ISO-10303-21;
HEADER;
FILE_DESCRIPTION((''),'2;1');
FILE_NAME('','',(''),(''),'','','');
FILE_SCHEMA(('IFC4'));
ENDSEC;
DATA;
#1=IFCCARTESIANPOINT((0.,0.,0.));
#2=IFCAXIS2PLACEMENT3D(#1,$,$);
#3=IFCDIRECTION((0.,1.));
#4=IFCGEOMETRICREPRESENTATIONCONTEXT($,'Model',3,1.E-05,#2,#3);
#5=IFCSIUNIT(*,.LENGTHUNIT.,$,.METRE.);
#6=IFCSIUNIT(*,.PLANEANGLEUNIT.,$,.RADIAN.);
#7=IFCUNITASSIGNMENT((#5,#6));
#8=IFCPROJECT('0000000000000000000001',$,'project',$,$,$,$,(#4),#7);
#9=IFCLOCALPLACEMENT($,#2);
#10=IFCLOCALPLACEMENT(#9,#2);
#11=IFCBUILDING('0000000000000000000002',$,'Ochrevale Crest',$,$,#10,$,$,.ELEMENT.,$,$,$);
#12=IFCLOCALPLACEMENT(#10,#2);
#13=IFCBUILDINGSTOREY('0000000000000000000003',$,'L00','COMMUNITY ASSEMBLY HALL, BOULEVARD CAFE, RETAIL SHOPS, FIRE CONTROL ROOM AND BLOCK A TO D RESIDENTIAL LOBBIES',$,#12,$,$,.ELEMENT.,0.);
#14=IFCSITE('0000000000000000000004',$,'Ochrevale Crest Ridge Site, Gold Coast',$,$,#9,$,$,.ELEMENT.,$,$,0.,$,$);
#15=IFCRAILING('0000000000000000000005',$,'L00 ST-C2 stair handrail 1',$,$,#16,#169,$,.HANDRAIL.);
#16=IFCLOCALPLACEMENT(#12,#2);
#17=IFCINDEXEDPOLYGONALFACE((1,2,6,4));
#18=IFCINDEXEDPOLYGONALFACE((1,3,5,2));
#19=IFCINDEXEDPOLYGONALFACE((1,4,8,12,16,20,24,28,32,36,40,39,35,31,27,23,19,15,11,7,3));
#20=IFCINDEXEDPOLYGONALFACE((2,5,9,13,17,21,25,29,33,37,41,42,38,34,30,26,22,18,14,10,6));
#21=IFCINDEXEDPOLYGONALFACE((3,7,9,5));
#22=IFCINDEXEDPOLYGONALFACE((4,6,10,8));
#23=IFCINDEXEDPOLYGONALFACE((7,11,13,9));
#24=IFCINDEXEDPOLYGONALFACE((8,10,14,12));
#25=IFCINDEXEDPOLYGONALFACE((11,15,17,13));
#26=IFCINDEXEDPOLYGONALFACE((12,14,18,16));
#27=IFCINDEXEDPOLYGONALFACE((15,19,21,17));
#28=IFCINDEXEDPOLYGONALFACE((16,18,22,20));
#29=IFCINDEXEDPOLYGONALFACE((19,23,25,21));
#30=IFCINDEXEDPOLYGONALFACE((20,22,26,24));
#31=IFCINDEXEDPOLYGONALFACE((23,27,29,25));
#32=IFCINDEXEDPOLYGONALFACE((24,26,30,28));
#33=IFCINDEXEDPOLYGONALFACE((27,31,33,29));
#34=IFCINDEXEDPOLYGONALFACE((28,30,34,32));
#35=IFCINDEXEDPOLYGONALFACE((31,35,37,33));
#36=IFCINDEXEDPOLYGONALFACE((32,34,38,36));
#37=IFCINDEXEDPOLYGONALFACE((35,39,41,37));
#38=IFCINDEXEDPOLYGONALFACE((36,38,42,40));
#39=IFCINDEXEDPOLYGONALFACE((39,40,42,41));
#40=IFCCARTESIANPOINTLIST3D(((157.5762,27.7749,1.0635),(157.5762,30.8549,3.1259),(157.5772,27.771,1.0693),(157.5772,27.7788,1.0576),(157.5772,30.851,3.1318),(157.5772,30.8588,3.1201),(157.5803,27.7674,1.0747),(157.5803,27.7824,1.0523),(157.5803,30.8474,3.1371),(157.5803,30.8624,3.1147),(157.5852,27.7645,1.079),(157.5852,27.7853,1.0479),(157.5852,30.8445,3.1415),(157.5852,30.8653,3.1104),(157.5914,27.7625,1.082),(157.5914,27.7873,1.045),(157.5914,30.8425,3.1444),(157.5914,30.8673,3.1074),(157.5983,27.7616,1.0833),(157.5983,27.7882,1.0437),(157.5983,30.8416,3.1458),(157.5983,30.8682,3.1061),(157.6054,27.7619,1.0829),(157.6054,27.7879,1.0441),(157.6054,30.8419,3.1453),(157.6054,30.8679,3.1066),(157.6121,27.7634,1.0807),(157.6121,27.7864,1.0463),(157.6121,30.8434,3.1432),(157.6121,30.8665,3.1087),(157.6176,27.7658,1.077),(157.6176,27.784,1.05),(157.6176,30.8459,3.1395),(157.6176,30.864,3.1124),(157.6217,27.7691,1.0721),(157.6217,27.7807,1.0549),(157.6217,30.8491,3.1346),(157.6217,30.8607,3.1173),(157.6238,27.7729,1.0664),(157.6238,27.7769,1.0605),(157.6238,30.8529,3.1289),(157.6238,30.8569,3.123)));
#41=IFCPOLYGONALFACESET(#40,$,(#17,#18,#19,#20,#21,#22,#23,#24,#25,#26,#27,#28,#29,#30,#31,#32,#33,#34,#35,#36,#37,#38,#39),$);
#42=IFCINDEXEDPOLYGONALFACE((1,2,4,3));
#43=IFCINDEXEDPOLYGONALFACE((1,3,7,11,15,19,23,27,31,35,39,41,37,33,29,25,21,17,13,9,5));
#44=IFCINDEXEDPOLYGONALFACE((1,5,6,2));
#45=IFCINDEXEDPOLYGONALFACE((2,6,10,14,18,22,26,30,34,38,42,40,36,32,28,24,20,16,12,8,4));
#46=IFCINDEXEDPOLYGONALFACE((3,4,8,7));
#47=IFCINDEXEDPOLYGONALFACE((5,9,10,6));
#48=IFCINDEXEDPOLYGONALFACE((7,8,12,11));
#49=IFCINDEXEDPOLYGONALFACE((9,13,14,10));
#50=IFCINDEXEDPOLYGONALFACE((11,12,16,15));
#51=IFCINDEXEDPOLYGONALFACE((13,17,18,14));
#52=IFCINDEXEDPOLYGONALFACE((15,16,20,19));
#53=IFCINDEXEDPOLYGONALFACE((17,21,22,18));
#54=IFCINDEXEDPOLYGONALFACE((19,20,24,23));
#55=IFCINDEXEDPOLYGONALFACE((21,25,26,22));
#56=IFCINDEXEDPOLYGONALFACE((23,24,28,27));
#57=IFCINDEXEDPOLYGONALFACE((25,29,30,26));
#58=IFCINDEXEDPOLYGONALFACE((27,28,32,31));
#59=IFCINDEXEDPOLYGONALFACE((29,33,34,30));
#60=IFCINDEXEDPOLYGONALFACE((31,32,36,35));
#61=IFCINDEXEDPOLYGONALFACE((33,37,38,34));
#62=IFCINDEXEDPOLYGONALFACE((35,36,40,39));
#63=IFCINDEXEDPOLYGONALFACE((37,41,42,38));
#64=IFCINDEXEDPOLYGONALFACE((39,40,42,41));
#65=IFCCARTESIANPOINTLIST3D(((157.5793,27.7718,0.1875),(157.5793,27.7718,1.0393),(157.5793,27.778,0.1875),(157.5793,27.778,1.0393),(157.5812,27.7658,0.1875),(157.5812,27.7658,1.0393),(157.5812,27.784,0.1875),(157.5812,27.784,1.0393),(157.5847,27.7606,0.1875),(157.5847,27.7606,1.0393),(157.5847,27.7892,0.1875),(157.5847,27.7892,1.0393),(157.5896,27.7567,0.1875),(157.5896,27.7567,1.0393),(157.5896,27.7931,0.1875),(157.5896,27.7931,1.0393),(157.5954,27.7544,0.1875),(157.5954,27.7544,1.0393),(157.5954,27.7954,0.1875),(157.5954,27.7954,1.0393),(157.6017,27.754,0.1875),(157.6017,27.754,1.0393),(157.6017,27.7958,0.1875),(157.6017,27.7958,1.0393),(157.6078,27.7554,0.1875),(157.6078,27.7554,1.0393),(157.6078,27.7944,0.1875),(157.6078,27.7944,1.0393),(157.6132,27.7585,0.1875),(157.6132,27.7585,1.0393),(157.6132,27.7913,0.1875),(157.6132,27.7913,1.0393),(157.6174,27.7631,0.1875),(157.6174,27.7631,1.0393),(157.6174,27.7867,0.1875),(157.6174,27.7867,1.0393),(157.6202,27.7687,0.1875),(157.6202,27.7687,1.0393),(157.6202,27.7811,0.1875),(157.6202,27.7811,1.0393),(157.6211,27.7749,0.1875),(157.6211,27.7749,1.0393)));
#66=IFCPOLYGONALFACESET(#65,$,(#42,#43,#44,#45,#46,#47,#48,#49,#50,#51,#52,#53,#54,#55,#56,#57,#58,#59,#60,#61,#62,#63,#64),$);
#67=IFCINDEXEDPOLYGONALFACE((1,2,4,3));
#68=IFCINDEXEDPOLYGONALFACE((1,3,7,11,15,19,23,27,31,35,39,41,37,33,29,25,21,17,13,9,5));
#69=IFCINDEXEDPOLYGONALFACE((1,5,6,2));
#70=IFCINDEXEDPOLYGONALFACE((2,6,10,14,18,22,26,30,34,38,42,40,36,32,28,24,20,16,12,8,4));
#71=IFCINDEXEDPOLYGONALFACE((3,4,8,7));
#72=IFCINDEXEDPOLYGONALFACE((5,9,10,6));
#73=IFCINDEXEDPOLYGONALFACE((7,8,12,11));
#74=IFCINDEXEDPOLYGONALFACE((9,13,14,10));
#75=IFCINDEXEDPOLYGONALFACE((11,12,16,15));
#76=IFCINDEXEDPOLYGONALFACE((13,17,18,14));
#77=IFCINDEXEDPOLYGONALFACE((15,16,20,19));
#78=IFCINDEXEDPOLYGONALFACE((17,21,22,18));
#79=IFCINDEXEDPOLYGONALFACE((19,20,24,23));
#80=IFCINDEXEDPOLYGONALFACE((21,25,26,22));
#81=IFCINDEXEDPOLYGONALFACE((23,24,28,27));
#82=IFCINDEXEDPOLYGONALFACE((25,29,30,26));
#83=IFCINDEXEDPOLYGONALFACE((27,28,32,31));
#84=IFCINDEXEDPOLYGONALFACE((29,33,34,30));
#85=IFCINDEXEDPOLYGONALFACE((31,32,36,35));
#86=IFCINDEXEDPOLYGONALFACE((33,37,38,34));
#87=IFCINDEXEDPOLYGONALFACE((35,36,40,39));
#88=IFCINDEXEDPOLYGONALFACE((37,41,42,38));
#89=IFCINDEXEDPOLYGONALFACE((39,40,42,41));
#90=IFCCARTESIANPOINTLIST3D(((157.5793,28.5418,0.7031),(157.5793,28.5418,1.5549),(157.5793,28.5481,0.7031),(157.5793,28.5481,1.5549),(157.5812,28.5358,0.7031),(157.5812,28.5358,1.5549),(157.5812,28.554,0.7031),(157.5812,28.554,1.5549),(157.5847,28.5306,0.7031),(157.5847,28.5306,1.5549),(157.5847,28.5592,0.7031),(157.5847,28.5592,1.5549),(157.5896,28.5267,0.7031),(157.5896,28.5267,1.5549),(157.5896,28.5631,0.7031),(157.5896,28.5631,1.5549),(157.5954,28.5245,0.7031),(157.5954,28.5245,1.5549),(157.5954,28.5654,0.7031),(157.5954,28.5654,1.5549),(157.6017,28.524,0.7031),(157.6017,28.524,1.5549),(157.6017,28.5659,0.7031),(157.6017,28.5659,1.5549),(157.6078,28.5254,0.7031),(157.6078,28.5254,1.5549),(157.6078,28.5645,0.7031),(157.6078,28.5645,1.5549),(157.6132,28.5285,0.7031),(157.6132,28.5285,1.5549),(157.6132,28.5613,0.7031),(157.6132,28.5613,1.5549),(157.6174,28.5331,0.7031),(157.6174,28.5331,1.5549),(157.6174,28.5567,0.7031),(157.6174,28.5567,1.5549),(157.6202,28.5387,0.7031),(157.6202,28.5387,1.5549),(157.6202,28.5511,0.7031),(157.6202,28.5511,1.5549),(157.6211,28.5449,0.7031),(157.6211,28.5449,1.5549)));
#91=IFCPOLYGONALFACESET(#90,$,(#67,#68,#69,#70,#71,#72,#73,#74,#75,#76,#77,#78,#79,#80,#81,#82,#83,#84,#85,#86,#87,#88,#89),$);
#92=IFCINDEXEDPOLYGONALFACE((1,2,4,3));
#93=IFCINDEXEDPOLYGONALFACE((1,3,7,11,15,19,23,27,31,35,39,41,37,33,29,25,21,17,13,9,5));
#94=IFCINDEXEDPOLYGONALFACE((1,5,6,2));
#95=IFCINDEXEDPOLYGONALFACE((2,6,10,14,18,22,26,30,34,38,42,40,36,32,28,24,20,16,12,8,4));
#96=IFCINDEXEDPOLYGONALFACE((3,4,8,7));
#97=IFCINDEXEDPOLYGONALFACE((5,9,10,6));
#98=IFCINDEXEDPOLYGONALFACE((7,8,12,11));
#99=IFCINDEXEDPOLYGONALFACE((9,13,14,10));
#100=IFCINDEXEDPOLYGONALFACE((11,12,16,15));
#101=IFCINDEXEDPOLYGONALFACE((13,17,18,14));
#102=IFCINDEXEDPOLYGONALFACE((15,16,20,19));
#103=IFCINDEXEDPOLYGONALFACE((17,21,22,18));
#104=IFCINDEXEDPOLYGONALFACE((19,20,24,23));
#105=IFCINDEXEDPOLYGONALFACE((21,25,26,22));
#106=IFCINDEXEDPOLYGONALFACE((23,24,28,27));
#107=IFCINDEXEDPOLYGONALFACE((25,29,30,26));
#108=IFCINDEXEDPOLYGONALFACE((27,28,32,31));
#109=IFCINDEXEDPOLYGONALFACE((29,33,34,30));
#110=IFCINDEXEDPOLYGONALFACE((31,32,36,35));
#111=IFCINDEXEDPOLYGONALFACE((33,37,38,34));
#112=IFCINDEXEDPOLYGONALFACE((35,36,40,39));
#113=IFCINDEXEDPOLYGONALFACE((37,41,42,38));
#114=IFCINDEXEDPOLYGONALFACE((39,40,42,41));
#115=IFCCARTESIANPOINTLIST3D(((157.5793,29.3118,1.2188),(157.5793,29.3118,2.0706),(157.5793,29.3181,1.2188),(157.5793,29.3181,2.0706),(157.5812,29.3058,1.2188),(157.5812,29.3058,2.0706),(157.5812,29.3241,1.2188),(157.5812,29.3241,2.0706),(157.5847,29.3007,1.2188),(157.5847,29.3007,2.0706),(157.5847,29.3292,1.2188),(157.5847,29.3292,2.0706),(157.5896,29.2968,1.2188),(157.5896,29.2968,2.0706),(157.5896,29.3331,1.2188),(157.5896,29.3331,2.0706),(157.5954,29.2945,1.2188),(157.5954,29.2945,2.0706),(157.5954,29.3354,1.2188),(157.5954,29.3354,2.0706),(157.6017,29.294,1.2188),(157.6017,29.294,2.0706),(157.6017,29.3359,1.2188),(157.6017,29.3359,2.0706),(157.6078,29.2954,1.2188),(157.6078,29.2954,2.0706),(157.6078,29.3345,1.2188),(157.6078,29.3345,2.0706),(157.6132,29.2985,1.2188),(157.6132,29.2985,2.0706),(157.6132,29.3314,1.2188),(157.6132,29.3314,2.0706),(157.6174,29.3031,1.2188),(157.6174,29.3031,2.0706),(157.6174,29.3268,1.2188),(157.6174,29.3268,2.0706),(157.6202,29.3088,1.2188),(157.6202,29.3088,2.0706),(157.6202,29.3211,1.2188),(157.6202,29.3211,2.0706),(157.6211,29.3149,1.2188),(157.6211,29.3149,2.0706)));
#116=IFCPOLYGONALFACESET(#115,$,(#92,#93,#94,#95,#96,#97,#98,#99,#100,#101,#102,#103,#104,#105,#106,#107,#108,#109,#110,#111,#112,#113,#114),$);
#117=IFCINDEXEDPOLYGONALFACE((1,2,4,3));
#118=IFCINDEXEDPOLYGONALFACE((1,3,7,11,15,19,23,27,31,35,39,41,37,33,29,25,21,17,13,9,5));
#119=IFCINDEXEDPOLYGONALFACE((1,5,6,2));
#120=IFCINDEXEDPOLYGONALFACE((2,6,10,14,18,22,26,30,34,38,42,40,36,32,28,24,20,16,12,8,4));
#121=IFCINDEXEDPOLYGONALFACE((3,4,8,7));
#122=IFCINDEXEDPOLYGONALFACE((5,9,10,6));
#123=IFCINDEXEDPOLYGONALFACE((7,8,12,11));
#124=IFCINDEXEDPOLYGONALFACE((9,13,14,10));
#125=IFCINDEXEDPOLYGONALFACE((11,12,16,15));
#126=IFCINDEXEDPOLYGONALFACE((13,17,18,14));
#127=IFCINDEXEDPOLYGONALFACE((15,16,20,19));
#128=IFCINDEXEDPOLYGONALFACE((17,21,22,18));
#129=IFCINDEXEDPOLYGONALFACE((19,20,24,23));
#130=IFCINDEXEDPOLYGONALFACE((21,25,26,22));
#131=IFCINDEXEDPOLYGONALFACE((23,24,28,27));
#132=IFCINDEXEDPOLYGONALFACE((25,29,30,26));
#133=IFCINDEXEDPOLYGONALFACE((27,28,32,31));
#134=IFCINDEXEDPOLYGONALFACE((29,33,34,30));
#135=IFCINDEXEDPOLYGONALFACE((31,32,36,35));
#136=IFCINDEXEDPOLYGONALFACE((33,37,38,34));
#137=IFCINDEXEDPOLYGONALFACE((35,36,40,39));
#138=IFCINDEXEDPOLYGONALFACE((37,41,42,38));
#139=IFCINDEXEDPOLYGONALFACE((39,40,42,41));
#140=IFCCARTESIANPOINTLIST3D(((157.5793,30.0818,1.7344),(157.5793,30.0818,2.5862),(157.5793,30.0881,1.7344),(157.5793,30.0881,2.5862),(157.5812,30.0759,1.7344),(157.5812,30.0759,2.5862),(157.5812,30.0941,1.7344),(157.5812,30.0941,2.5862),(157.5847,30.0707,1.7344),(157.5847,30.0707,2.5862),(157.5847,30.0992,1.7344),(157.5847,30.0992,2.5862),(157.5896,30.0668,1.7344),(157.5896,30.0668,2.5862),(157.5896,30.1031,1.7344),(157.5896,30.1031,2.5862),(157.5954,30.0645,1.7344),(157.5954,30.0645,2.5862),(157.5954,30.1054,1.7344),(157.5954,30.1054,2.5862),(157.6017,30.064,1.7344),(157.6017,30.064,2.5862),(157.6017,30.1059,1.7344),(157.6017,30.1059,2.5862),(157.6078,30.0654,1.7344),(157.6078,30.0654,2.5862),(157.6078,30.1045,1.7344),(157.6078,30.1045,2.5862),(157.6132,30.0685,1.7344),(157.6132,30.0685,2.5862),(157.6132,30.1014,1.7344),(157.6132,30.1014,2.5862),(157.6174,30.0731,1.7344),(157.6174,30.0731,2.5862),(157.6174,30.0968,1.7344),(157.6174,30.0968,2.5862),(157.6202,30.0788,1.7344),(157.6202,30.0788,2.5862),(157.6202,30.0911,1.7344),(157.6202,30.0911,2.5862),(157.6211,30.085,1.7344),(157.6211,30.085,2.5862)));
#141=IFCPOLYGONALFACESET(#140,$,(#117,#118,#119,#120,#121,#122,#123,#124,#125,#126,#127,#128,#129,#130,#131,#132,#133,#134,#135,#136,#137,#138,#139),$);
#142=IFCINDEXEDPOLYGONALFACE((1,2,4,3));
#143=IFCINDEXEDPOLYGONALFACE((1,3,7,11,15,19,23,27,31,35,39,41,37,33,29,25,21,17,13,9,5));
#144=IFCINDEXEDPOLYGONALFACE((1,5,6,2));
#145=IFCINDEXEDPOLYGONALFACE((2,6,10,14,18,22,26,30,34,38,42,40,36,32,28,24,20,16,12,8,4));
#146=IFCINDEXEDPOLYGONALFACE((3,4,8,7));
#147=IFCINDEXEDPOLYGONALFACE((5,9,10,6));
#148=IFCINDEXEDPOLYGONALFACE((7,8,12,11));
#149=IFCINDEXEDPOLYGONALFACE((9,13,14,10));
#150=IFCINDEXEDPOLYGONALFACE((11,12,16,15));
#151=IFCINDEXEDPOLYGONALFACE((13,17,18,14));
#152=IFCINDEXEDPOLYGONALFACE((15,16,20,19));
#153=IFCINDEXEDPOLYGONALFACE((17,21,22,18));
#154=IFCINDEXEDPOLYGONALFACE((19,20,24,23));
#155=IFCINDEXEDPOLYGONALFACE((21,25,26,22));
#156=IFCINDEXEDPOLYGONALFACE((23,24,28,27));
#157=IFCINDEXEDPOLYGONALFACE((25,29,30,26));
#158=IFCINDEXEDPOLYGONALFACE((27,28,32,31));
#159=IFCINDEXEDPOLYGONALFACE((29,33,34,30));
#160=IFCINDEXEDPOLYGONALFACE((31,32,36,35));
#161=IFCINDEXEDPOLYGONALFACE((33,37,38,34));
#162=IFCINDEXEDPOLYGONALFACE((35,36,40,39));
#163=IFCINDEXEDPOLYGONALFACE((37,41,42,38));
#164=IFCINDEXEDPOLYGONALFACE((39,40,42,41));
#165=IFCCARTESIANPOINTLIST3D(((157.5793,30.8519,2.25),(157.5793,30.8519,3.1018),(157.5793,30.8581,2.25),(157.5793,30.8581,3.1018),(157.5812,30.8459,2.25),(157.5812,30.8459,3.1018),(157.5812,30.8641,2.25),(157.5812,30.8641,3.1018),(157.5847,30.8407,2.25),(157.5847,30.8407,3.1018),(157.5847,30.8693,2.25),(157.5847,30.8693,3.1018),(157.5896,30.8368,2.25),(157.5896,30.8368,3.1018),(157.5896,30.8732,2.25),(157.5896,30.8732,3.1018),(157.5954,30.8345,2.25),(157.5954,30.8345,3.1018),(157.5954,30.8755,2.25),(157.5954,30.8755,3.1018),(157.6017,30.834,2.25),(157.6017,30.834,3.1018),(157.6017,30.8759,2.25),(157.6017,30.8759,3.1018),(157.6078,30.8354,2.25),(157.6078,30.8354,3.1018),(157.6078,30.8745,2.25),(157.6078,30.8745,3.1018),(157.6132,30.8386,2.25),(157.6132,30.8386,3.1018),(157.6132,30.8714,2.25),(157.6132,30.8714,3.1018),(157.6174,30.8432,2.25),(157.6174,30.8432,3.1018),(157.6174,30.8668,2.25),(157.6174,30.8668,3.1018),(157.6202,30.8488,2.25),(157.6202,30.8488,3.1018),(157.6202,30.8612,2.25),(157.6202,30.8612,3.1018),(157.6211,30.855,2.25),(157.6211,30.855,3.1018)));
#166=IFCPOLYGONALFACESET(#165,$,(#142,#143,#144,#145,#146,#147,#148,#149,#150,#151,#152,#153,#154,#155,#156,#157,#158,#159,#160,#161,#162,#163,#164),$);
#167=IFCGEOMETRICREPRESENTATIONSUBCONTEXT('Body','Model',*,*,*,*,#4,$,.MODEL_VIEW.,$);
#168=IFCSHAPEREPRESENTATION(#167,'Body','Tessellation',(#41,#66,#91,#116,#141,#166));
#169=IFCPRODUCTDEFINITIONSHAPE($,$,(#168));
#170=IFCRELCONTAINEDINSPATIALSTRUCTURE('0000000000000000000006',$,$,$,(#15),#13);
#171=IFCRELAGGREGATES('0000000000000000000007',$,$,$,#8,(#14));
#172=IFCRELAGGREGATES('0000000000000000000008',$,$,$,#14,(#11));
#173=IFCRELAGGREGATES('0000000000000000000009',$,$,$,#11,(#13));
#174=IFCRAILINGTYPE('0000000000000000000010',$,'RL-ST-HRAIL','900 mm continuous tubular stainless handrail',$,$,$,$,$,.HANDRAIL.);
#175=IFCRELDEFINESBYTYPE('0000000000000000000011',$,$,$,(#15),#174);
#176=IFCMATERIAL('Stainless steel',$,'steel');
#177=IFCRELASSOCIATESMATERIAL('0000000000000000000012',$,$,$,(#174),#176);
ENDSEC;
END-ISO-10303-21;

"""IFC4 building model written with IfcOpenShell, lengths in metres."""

from ifc_helpers import new_model, si_unit, direction, frame, origin, origin_2d, place, context, subcontext, project, spatial, circle, extrude, material, type_object, element, save


model = new_model("IFC4")

# Units and contexts
model_context = context("Model", 3, precision=1e-05, world=origin(), true_north=direction((0.0, 1.0)))
body_context = subcontext(model_context, "Body", "Model", "MODEL_VIEW")
ifc_project = project(units=[si_unit("LENGTHUNIT", "METRE"), si_unit("PLANEANGLEUNIT", "RADIAN")], contexts=[model_context])

# Site, building, storey
site_placement = place(None, origin())
site = spatial("IfcSite", under=ifc_project, at=site_placement, Name="Ochrevale Crest Ridge Site, Gold Coast", CompositionType="ELEMENT", RefElevation=0.0)
building_placement = place(site_placement, origin())
building = spatial("IfcBuilding", under=site, at=building_placement, Name="Ochrevale Crest", CompositionType="ELEMENT")
storey_placement = place(building_placement, origin())
storey = spatial("IfcBuildingStorey", under=building, at=storey_placement, Name="L00", Description="COMMUNITY ASSEMBLY HALL, BOULEVARD CAFE, RETAIL SHOPS, FIRE CONTROL ROOM AND BLOCK A TO D RESIDENTIAL LOBBIES", CompositionType="ELEMENT", Elevation=0.0)

# Railing
ifc_material_1 = material(Name="Stainless steel", Category="steel")
railing_type_1 = type_object("IfcRailingType", Name="RL-ST-HRAIL", Description="900 mm continuous tubular stainless handrail", PredefinedType="HANDRAIL", material=ifc_material_1)
railing_1_placement = place(storey_placement, frame((157.6001, 27.7749, 0.1875)))
element("IfcRailing", 1, at=railing_1_placement, inside=storey, type_object=railing_type_1, Name="L00 ST-C2 stair handrail 1", PredefinedType="HANDRAIL", context=body_context, shape_type="SweptSolid", body=[
    extrude(circle(Radius=0.0239, at=origin_2d()), frame((0.0, 0.0, 0.876), z_axis=(0.0, 0.830914, 0.556401), x_axis=(-1.0, 0.0, 0.0)), (0.0, 0.0, 1.0), 3.7068),
    extrude(circle(Radius=0.021, at=origin_2d()), origin(), (0.0, 0.0, 1.0), 0.8518),
    extrude(circle(Radius=0.021, at=origin_2d()), frame((0.0, 0.77, 0.5156)), (0.0, 0.0, 1.0), 0.8518),
    extrude(circle(Radius=0.021, at=origin_2d()), frame((0.0, 1.54, 1.0312)), (0.0, 0.0, 1.0), 0.8518),
    extrude(circle(Radius=0.021, at=origin_2d()), frame((0.0, 2.3101, 1.5469)), (0.0, 0.0, 1.0), 0.8518),
    extrude(circle(Radius=0.021, at=origin_2d()), frame((0.0, 3.0801, 2.0625)), (0.0, 0.0, 1.0), 0.8518),
])

save(model, "model.ifc")
